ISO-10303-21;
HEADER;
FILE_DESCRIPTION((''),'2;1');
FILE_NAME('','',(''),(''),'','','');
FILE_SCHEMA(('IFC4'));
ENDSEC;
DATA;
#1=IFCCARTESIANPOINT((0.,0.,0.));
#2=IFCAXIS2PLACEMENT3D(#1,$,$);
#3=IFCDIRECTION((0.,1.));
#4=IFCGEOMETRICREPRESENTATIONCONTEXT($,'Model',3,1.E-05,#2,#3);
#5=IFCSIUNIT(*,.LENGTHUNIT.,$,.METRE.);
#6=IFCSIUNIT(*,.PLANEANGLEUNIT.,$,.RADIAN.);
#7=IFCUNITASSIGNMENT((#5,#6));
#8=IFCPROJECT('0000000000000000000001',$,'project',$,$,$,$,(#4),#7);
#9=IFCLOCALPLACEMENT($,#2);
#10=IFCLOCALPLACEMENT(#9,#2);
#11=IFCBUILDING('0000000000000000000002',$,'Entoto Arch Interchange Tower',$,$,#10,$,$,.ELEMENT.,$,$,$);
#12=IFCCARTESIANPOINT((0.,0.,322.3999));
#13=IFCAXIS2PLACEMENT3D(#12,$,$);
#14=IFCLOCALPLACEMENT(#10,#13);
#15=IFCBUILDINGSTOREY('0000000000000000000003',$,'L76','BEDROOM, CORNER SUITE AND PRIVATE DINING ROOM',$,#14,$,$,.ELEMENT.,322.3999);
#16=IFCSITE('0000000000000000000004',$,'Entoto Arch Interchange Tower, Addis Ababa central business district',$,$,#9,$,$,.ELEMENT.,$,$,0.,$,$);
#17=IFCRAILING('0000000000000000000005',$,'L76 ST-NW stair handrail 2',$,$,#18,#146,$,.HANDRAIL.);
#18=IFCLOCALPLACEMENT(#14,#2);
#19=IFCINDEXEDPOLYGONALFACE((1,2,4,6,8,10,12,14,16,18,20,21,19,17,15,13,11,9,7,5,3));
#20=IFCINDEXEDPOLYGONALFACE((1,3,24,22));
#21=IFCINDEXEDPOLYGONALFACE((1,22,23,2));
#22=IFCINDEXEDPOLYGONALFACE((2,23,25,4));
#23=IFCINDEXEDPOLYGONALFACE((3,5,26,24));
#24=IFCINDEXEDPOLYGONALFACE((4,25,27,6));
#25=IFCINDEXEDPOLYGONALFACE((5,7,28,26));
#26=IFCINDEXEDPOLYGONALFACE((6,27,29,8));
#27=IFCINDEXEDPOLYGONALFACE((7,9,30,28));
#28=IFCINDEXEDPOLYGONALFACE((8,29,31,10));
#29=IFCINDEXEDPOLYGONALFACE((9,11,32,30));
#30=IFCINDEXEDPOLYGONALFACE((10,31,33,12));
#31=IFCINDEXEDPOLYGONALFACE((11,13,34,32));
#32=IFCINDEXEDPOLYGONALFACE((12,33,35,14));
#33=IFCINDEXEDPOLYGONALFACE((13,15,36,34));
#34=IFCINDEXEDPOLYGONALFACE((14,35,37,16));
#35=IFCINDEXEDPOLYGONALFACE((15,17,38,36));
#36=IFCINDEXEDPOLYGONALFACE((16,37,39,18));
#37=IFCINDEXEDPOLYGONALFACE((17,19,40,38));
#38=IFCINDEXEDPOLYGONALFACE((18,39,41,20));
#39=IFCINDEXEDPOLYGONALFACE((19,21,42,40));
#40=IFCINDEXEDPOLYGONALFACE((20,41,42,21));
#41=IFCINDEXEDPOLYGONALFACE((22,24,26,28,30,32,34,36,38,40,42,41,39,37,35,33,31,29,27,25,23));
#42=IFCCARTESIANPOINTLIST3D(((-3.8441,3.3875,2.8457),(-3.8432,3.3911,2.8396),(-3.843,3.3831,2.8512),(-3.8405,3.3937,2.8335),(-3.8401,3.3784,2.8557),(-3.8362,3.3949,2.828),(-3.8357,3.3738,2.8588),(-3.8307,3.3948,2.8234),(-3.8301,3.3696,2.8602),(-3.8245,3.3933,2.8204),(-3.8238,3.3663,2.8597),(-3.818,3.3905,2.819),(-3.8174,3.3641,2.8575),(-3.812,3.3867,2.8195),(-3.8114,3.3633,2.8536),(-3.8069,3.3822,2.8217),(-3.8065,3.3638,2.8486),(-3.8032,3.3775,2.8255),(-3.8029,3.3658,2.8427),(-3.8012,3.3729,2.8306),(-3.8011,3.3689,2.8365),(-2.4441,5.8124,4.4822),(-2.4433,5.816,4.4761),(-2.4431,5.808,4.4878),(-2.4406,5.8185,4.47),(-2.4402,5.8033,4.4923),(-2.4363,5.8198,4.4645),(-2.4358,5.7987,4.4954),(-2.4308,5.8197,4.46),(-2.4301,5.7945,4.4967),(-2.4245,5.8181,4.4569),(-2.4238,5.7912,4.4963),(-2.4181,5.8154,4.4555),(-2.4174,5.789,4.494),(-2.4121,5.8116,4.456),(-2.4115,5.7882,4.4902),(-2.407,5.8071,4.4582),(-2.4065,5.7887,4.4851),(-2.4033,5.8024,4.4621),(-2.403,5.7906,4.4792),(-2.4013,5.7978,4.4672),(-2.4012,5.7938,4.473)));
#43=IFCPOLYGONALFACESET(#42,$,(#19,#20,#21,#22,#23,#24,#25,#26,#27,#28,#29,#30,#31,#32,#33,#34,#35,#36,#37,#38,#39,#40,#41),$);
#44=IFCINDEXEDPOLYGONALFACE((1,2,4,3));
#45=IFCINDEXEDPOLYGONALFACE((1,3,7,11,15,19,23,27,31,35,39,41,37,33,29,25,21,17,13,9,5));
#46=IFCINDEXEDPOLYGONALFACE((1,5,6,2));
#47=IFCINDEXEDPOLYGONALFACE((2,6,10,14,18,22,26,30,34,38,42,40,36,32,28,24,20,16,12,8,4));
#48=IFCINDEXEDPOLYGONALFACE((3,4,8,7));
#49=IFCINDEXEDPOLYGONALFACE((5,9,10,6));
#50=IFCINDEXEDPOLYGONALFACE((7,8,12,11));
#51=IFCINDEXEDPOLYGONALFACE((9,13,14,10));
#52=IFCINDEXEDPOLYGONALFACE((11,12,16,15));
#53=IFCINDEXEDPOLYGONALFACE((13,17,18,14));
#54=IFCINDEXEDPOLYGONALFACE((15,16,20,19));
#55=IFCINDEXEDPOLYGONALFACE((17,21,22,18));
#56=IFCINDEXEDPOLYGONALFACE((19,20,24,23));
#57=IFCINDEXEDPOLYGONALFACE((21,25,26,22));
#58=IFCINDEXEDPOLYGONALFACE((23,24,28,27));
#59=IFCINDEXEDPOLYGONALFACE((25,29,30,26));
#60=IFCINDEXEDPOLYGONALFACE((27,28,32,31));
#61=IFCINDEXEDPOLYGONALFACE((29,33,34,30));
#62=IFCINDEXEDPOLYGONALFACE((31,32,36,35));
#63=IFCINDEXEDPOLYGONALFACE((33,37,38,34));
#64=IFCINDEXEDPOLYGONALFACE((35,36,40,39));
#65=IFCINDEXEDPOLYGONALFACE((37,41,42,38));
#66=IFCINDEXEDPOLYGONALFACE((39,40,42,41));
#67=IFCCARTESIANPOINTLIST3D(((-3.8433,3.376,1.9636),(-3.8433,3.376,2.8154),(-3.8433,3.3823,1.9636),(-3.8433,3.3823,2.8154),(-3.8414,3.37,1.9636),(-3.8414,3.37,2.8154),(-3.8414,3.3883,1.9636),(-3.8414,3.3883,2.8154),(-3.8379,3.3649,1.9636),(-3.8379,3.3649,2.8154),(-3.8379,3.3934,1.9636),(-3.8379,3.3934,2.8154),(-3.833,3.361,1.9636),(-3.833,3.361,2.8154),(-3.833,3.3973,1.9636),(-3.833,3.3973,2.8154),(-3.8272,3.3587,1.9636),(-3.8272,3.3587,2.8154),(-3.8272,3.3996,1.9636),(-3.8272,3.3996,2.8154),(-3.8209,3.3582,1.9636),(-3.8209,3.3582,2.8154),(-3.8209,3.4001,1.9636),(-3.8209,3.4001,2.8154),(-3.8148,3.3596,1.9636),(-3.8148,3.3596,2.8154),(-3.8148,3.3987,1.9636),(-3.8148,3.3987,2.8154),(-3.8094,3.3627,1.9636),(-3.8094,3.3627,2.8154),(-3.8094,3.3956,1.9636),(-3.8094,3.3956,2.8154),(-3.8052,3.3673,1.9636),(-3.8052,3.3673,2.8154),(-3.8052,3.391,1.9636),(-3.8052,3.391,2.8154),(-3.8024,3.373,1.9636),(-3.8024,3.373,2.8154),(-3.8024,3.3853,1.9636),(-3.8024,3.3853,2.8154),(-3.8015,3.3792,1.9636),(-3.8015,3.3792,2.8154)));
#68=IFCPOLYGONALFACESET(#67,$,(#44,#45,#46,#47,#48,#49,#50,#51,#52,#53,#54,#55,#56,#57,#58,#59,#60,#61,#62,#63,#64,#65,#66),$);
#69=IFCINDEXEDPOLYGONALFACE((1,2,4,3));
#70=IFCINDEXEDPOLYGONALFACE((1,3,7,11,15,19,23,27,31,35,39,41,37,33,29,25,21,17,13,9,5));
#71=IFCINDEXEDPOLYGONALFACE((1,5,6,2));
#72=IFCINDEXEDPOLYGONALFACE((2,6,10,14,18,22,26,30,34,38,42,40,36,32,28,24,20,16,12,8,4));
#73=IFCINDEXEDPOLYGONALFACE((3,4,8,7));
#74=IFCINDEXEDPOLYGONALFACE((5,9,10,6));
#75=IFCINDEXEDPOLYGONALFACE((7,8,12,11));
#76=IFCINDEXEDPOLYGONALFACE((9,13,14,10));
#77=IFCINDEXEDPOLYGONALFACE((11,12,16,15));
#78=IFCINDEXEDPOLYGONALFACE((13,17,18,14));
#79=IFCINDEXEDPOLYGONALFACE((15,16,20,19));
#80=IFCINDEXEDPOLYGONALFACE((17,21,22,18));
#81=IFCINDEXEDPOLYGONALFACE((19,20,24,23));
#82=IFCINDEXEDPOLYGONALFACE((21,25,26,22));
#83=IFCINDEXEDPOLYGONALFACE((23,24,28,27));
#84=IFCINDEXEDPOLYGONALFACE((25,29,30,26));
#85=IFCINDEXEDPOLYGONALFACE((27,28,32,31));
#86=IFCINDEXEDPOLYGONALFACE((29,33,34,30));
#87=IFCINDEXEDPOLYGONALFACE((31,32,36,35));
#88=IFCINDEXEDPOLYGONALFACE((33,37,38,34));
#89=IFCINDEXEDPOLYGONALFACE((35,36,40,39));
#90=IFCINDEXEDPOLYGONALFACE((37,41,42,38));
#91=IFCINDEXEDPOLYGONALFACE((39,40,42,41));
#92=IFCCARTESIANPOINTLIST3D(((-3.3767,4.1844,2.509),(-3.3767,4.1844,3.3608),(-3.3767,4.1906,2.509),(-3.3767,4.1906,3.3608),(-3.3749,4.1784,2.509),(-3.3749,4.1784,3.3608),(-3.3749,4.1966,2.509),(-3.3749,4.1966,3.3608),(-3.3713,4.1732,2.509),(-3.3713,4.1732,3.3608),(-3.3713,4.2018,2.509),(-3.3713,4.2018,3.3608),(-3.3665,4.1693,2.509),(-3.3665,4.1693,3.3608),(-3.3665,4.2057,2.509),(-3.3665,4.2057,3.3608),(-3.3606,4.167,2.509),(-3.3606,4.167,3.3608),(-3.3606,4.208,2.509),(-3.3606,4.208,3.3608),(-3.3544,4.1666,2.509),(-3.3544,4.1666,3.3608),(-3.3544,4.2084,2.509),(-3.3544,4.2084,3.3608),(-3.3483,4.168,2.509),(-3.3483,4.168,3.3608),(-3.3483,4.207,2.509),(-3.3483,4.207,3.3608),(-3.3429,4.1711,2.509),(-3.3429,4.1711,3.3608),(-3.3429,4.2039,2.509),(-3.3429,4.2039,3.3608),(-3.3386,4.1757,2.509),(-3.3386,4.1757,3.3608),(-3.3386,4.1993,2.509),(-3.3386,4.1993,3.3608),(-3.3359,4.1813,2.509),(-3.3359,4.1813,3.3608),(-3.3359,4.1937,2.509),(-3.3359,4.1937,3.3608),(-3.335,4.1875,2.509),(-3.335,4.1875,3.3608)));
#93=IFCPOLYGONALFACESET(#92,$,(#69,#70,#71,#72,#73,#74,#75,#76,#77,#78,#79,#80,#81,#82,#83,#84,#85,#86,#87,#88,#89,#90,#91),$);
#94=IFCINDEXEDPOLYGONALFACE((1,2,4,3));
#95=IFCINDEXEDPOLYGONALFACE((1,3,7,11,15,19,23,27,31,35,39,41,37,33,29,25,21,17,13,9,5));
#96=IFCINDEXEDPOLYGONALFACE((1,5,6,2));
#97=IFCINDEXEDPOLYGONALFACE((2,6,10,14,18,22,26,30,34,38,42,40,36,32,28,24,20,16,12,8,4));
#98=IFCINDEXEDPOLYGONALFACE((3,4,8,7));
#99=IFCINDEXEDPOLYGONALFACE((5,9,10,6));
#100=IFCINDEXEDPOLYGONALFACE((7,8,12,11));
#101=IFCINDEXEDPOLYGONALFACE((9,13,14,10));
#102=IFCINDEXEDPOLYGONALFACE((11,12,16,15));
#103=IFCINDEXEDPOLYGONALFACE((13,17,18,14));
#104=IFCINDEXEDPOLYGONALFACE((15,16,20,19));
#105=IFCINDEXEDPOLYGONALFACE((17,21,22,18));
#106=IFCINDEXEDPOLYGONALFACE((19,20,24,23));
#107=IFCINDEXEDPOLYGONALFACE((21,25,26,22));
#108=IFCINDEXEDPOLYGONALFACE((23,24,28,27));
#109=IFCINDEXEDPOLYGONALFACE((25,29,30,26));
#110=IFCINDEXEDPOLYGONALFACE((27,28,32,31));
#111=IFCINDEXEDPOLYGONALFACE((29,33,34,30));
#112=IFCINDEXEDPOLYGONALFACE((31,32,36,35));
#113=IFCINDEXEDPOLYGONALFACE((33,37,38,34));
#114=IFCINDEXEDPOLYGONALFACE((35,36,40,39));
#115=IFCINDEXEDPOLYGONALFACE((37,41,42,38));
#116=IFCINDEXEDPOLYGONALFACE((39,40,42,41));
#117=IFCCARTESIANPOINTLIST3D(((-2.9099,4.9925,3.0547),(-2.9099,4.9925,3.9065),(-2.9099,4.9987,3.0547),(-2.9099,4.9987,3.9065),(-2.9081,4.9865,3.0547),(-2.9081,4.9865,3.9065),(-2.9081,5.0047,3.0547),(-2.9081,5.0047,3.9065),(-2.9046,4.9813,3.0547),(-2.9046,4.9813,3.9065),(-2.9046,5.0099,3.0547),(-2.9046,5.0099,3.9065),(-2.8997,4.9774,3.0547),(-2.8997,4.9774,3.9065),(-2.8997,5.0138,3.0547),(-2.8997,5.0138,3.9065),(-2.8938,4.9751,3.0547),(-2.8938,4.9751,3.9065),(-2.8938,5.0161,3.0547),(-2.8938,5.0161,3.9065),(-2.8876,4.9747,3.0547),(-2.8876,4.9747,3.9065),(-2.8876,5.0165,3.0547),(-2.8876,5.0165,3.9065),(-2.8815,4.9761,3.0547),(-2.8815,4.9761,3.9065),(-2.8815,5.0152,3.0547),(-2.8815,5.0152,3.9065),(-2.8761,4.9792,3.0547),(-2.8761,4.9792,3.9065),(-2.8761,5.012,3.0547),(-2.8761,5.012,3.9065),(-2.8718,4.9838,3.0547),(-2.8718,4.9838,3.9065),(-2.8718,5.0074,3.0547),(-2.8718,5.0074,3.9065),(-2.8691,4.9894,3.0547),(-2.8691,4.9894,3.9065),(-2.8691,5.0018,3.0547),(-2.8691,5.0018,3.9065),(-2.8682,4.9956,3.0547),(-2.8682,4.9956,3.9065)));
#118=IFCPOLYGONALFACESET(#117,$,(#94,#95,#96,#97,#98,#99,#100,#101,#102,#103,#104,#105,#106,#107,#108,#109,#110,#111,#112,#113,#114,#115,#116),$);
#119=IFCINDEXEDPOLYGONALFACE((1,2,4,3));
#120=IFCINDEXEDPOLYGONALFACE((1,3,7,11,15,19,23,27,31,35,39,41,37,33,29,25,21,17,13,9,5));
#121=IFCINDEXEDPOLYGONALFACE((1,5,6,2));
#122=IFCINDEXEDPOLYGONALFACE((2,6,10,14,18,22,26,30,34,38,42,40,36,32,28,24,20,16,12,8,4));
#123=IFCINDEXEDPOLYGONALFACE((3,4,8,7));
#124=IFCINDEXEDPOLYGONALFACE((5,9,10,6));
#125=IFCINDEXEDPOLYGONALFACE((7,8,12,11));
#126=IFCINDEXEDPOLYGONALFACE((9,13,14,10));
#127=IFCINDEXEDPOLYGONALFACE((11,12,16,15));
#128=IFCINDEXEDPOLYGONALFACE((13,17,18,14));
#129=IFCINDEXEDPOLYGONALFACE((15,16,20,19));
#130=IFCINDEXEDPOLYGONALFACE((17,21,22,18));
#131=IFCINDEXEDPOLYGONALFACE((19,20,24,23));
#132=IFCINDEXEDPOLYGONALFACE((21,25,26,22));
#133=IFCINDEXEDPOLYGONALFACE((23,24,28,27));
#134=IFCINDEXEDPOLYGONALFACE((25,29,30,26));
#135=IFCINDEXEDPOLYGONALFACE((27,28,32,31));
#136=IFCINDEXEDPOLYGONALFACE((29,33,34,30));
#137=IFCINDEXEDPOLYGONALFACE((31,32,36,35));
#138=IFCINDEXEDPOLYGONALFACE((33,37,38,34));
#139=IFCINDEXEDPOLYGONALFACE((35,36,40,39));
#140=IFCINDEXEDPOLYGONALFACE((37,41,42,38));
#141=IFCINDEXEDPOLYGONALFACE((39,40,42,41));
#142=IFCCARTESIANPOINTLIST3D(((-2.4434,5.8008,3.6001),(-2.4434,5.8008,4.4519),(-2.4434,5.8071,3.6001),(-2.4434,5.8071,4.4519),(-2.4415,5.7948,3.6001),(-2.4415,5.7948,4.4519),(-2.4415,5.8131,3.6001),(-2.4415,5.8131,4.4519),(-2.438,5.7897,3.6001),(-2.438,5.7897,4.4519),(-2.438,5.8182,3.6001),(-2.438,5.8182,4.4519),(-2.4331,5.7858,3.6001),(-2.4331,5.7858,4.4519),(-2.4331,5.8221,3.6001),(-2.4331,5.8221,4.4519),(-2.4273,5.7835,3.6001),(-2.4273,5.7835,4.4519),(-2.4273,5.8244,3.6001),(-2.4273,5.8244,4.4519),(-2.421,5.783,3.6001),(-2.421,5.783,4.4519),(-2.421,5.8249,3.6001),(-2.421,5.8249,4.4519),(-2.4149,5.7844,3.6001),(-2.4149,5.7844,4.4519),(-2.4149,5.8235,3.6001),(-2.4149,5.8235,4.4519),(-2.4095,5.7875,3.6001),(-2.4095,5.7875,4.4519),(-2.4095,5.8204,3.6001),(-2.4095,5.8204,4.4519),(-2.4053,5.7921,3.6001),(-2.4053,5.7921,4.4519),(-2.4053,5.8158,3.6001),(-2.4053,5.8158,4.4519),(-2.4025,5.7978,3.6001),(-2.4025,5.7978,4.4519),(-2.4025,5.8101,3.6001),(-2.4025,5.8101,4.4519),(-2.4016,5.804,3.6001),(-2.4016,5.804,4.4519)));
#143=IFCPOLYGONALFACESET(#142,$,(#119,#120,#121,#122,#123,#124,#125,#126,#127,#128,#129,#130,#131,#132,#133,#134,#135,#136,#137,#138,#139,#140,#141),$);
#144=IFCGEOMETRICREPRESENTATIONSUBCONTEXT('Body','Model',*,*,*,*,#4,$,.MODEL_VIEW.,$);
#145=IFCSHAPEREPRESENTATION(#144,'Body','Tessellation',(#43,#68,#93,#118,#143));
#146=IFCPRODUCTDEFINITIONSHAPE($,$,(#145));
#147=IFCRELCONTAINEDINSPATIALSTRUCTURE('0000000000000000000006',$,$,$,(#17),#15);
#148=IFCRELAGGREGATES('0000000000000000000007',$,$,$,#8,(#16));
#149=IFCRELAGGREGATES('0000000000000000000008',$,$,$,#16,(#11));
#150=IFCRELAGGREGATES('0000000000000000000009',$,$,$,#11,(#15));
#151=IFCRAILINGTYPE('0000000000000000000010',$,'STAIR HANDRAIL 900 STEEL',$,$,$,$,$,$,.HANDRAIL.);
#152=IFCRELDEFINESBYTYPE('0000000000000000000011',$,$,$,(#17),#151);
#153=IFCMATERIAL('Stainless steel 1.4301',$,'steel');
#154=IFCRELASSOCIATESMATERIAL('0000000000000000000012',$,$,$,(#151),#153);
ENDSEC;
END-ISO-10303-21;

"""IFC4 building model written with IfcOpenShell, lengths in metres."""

from ifc_helpers import new_model, si_unit, direction, frame, origin, origin_2d, place, context, subcontext, project, spatial, circle, extrude, material, type_object, element, save


model = new_model("IFC4")

# Units and contexts
model_context = context("Model", 3, precision=1e-05, world=origin(), true_north=direction((0.0, 1.0)))
body_context = subcontext(model_context, "Body", "Model", "MODEL_VIEW")
ifc_project = project(units=[si_unit("LENGTHUNIT", "METRE"), si_unit("PLANEANGLEUNIT", "RADIAN")], contexts=[model_context])

# Site, building, storey
site_placement = place(None, origin())
site = spatial("IfcSite", under=ifc_project, at=site_placement, Name="Entoto Arch Interchange Tower, Addis Ababa central business district", CompositionType="ELEMENT", RefElevation=0.0)
building_placement = place(site_placement, origin())
building = spatial("IfcBuilding", under=site, at=building_placement, Name="Entoto Arch Interchange Tower", CompositionType="ELEMENT")
storey_placement = place(building_placement, frame((0.0, 0.0, 322.3999)))
storey = spatial("IfcBuildingStorey", under=building, at=storey_placement, Name="L76", Description="BEDROOM, CORNER SUITE AND PRIVATE DINING ROOM", CompositionType="ELEMENT", Elevation=322.3999)

# Railing
ifc_material_1 = material(Name="Stainless steel 1.4301", Category="steel")
railing_type = type_object("IfcRailingType", Name="STAIR HANDRAIL 900 STEEL", PredefinedType="HANDRAIL", material=ifc_material_1)
railing_placement = place(storey_placement, frame((-3.8225, 3.3792, 1.9636)))
element("IfcRailing", 1, at=railing_placement, inside=storey, type_object=railing_type, Name="L76 ST-NW stair handrail 2", PredefinedType="HANDRAIL", context=body_context, shape_type="SweptSolid", body=[
    extrude(circle(Radius=0.0239, at=origin_2d()), frame((0.0, 0.0, 0.876), z_axis=(0.431661, 0.74769, 0.504608), x_axis=(-0.866035, 0.499984, 0.0)), (0.0, 0.0, 1.0), 3.2432),
    extrude(circle(Radius=0.021, at=origin_2d()), origin(), (0.0, 0.0, 1.0), 0.8518),
    extrude(circle(Radius=0.021, at=origin_2d()), frame((0.4666, 0.8083, 0.5454)), (0.0, 0.0, 1.0), 0.8518),
    extrude(circle(Radius=0.021, at=origin_2d()), frame((0.9333, 1.6165, 1.0911)), (0.0, 0.0, 1.0), 0.8518),
    extrude(circle(Radius=0.021, at=origin_2d()), frame((1.3999, 2.4248, 1.6365)), (0.0, 0.0, 1.0), 0.8518),
])

save(model, "model.ifc")
